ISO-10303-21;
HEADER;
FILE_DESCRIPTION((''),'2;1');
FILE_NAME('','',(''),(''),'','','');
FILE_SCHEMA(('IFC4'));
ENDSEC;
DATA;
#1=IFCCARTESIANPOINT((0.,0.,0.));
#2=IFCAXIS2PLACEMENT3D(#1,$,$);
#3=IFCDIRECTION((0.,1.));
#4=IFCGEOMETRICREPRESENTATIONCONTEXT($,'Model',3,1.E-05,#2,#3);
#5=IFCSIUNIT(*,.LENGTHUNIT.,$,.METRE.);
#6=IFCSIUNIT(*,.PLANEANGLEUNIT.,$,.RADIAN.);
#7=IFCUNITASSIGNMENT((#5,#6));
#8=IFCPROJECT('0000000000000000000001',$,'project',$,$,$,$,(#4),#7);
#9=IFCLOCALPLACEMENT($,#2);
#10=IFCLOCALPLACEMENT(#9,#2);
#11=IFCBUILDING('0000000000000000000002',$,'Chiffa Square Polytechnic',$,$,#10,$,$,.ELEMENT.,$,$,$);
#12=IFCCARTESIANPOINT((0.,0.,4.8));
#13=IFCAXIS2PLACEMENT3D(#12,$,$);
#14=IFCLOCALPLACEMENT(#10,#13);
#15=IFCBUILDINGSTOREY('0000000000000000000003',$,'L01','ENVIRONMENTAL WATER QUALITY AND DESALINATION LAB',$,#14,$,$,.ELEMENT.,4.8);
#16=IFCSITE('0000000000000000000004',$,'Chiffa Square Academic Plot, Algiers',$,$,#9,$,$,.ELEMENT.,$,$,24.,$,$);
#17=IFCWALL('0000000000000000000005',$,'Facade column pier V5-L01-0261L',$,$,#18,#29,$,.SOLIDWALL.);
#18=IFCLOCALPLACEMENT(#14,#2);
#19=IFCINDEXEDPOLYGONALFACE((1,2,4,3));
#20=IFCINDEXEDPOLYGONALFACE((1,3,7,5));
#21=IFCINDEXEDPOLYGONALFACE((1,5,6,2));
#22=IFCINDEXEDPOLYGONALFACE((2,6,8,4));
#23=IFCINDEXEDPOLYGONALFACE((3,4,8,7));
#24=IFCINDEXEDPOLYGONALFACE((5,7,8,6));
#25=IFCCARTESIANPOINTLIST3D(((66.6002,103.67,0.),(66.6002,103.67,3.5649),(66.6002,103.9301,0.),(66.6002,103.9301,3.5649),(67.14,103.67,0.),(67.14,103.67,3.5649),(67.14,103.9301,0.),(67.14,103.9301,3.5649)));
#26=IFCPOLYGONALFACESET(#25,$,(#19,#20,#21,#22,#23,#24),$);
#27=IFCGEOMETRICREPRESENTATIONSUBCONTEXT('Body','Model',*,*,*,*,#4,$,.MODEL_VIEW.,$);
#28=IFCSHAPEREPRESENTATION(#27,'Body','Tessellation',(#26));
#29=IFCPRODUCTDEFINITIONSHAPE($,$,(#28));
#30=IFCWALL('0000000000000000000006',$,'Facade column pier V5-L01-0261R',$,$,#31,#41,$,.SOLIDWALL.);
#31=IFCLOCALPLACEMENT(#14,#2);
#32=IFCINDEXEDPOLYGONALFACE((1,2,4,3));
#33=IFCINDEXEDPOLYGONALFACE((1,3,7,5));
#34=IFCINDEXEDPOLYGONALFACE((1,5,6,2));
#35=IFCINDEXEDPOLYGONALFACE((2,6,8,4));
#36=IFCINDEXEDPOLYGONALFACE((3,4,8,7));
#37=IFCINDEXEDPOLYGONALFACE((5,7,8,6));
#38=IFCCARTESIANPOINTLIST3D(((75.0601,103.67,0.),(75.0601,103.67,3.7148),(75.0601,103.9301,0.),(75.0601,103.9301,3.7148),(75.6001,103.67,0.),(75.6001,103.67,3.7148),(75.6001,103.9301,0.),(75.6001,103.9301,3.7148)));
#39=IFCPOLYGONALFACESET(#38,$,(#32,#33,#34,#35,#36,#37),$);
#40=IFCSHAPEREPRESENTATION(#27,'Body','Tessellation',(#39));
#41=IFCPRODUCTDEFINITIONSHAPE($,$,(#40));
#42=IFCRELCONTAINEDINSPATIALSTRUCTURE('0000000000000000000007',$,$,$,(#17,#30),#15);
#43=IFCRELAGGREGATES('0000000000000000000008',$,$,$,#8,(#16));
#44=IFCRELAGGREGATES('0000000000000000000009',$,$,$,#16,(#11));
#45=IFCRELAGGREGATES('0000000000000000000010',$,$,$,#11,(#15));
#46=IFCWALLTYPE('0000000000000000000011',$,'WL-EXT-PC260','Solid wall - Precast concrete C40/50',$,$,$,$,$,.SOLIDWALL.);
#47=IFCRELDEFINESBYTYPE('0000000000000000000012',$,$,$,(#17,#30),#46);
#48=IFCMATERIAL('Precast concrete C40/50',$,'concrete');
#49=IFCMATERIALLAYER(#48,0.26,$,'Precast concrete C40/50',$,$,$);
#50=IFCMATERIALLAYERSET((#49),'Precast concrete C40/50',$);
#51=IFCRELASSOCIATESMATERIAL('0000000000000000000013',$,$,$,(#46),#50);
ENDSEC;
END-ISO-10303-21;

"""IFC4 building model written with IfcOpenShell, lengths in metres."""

from ifc_helpers import new_model, si_unit, direction, frame, frame_2d, origin, place, context, subcontext, project, spatial, rectangle, extrude, material, layer, layer_set, type_object, element, save


model = new_model("IFC4")

# Units and contexts
model_context = context("Model", 3, precision=1e-05, world=origin(), true_north=direction((0.0, 1.0)))
body_context = subcontext(model_context, "Body", "Model", "MODEL_VIEW")
ifc_project = project(units=[si_unit("LENGTHUNIT", "METRE"), si_unit("PLANEANGLEUNIT", "RADIAN")], contexts=[model_context])

# Site, building, storey
site_placement = place(None, origin())
site = spatial("IfcSite", under=ifc_project, at=site_placement, Name="Chiffa Square Academic Plot, Algiers", CompositionType="ELEMENT", RefElevation=24.0)
building_placement = place(site_placement, origin())
building = spatial("IfcBuilding", under=site, at=building_placement, Name="Chiffa Square Polytechnic", CompositionType="ELEMENT")
storey_placement = place(building_placement, frame((0.0, 0.0, 4.8)))
storey = spatial("IfcBuildingStorey", under=building, at=storey_placement, Name="L01", Description="ENVIRONMENTAL WATER QUALITY AND DESALINATION LAB", CompositionType="ELEMENT", Elevation=4.8)

# Walls
ifc_material_1 = material(Name="Precast concrete C40/50", Category="concrete")
ifc_layer_1 = layer(ifc_material_1, 0.26, Name="Precast concrete C40/50")
ifc_layer_set_1 = layer_set([ifc_layer_1], Name="Precast concrete C40/50")
wall_type = type_object("IfcWallType", Name="WL-EXT-PC260", Description="Solid wall - Precast concrete C40/50", PredefinedType="SOLIDWALL", material=ifc_layer_set_1)
wall_1_placement = place(storey_placement, frame((66.6001, 103.8, 0.0), z_axis=(0.0, 0.0, 1.0), x_axis=(1.0, 0.0, 0.0)))
element("IfcWall", 1, at=wall_1_placement, inside=storey, type_object=wall_type, Name="Facade column pier V5-L01-0261L", PredefinedType="SOLIDWALL", context=body_context, shape_type="SweptSolid", body=[
    extrude(rectangle(XDim=0.5398, YDim=0.26, at=frame_2d((0.27, 0.0))), origin(), (0.0, 0.0, 1.0), 3.5649),
])
wall_2_placement = place(storey_placement, frame((75.0601, 103.8, 0.0), z_axis=(0.0, 0.0, 1.0), x_axis=(1.0, 0.0, 0.0)))
element("IfcWall", 2, at=wall_2_placement, inside=storey, type_object=wall_type, Name="Facade column pier V5-L01-0261R", PredefinedType="SOLIDWALL", context=body_context, shape_type="SweptSolid", body=[
    extrude(rectangle(XDim=0.54, YDim=0.26, at=frame_2d((0.27, 0.0))), origin(), (0.0, 0.0, 1.0), 3.7148),
])

save(model, "model.ifc")
